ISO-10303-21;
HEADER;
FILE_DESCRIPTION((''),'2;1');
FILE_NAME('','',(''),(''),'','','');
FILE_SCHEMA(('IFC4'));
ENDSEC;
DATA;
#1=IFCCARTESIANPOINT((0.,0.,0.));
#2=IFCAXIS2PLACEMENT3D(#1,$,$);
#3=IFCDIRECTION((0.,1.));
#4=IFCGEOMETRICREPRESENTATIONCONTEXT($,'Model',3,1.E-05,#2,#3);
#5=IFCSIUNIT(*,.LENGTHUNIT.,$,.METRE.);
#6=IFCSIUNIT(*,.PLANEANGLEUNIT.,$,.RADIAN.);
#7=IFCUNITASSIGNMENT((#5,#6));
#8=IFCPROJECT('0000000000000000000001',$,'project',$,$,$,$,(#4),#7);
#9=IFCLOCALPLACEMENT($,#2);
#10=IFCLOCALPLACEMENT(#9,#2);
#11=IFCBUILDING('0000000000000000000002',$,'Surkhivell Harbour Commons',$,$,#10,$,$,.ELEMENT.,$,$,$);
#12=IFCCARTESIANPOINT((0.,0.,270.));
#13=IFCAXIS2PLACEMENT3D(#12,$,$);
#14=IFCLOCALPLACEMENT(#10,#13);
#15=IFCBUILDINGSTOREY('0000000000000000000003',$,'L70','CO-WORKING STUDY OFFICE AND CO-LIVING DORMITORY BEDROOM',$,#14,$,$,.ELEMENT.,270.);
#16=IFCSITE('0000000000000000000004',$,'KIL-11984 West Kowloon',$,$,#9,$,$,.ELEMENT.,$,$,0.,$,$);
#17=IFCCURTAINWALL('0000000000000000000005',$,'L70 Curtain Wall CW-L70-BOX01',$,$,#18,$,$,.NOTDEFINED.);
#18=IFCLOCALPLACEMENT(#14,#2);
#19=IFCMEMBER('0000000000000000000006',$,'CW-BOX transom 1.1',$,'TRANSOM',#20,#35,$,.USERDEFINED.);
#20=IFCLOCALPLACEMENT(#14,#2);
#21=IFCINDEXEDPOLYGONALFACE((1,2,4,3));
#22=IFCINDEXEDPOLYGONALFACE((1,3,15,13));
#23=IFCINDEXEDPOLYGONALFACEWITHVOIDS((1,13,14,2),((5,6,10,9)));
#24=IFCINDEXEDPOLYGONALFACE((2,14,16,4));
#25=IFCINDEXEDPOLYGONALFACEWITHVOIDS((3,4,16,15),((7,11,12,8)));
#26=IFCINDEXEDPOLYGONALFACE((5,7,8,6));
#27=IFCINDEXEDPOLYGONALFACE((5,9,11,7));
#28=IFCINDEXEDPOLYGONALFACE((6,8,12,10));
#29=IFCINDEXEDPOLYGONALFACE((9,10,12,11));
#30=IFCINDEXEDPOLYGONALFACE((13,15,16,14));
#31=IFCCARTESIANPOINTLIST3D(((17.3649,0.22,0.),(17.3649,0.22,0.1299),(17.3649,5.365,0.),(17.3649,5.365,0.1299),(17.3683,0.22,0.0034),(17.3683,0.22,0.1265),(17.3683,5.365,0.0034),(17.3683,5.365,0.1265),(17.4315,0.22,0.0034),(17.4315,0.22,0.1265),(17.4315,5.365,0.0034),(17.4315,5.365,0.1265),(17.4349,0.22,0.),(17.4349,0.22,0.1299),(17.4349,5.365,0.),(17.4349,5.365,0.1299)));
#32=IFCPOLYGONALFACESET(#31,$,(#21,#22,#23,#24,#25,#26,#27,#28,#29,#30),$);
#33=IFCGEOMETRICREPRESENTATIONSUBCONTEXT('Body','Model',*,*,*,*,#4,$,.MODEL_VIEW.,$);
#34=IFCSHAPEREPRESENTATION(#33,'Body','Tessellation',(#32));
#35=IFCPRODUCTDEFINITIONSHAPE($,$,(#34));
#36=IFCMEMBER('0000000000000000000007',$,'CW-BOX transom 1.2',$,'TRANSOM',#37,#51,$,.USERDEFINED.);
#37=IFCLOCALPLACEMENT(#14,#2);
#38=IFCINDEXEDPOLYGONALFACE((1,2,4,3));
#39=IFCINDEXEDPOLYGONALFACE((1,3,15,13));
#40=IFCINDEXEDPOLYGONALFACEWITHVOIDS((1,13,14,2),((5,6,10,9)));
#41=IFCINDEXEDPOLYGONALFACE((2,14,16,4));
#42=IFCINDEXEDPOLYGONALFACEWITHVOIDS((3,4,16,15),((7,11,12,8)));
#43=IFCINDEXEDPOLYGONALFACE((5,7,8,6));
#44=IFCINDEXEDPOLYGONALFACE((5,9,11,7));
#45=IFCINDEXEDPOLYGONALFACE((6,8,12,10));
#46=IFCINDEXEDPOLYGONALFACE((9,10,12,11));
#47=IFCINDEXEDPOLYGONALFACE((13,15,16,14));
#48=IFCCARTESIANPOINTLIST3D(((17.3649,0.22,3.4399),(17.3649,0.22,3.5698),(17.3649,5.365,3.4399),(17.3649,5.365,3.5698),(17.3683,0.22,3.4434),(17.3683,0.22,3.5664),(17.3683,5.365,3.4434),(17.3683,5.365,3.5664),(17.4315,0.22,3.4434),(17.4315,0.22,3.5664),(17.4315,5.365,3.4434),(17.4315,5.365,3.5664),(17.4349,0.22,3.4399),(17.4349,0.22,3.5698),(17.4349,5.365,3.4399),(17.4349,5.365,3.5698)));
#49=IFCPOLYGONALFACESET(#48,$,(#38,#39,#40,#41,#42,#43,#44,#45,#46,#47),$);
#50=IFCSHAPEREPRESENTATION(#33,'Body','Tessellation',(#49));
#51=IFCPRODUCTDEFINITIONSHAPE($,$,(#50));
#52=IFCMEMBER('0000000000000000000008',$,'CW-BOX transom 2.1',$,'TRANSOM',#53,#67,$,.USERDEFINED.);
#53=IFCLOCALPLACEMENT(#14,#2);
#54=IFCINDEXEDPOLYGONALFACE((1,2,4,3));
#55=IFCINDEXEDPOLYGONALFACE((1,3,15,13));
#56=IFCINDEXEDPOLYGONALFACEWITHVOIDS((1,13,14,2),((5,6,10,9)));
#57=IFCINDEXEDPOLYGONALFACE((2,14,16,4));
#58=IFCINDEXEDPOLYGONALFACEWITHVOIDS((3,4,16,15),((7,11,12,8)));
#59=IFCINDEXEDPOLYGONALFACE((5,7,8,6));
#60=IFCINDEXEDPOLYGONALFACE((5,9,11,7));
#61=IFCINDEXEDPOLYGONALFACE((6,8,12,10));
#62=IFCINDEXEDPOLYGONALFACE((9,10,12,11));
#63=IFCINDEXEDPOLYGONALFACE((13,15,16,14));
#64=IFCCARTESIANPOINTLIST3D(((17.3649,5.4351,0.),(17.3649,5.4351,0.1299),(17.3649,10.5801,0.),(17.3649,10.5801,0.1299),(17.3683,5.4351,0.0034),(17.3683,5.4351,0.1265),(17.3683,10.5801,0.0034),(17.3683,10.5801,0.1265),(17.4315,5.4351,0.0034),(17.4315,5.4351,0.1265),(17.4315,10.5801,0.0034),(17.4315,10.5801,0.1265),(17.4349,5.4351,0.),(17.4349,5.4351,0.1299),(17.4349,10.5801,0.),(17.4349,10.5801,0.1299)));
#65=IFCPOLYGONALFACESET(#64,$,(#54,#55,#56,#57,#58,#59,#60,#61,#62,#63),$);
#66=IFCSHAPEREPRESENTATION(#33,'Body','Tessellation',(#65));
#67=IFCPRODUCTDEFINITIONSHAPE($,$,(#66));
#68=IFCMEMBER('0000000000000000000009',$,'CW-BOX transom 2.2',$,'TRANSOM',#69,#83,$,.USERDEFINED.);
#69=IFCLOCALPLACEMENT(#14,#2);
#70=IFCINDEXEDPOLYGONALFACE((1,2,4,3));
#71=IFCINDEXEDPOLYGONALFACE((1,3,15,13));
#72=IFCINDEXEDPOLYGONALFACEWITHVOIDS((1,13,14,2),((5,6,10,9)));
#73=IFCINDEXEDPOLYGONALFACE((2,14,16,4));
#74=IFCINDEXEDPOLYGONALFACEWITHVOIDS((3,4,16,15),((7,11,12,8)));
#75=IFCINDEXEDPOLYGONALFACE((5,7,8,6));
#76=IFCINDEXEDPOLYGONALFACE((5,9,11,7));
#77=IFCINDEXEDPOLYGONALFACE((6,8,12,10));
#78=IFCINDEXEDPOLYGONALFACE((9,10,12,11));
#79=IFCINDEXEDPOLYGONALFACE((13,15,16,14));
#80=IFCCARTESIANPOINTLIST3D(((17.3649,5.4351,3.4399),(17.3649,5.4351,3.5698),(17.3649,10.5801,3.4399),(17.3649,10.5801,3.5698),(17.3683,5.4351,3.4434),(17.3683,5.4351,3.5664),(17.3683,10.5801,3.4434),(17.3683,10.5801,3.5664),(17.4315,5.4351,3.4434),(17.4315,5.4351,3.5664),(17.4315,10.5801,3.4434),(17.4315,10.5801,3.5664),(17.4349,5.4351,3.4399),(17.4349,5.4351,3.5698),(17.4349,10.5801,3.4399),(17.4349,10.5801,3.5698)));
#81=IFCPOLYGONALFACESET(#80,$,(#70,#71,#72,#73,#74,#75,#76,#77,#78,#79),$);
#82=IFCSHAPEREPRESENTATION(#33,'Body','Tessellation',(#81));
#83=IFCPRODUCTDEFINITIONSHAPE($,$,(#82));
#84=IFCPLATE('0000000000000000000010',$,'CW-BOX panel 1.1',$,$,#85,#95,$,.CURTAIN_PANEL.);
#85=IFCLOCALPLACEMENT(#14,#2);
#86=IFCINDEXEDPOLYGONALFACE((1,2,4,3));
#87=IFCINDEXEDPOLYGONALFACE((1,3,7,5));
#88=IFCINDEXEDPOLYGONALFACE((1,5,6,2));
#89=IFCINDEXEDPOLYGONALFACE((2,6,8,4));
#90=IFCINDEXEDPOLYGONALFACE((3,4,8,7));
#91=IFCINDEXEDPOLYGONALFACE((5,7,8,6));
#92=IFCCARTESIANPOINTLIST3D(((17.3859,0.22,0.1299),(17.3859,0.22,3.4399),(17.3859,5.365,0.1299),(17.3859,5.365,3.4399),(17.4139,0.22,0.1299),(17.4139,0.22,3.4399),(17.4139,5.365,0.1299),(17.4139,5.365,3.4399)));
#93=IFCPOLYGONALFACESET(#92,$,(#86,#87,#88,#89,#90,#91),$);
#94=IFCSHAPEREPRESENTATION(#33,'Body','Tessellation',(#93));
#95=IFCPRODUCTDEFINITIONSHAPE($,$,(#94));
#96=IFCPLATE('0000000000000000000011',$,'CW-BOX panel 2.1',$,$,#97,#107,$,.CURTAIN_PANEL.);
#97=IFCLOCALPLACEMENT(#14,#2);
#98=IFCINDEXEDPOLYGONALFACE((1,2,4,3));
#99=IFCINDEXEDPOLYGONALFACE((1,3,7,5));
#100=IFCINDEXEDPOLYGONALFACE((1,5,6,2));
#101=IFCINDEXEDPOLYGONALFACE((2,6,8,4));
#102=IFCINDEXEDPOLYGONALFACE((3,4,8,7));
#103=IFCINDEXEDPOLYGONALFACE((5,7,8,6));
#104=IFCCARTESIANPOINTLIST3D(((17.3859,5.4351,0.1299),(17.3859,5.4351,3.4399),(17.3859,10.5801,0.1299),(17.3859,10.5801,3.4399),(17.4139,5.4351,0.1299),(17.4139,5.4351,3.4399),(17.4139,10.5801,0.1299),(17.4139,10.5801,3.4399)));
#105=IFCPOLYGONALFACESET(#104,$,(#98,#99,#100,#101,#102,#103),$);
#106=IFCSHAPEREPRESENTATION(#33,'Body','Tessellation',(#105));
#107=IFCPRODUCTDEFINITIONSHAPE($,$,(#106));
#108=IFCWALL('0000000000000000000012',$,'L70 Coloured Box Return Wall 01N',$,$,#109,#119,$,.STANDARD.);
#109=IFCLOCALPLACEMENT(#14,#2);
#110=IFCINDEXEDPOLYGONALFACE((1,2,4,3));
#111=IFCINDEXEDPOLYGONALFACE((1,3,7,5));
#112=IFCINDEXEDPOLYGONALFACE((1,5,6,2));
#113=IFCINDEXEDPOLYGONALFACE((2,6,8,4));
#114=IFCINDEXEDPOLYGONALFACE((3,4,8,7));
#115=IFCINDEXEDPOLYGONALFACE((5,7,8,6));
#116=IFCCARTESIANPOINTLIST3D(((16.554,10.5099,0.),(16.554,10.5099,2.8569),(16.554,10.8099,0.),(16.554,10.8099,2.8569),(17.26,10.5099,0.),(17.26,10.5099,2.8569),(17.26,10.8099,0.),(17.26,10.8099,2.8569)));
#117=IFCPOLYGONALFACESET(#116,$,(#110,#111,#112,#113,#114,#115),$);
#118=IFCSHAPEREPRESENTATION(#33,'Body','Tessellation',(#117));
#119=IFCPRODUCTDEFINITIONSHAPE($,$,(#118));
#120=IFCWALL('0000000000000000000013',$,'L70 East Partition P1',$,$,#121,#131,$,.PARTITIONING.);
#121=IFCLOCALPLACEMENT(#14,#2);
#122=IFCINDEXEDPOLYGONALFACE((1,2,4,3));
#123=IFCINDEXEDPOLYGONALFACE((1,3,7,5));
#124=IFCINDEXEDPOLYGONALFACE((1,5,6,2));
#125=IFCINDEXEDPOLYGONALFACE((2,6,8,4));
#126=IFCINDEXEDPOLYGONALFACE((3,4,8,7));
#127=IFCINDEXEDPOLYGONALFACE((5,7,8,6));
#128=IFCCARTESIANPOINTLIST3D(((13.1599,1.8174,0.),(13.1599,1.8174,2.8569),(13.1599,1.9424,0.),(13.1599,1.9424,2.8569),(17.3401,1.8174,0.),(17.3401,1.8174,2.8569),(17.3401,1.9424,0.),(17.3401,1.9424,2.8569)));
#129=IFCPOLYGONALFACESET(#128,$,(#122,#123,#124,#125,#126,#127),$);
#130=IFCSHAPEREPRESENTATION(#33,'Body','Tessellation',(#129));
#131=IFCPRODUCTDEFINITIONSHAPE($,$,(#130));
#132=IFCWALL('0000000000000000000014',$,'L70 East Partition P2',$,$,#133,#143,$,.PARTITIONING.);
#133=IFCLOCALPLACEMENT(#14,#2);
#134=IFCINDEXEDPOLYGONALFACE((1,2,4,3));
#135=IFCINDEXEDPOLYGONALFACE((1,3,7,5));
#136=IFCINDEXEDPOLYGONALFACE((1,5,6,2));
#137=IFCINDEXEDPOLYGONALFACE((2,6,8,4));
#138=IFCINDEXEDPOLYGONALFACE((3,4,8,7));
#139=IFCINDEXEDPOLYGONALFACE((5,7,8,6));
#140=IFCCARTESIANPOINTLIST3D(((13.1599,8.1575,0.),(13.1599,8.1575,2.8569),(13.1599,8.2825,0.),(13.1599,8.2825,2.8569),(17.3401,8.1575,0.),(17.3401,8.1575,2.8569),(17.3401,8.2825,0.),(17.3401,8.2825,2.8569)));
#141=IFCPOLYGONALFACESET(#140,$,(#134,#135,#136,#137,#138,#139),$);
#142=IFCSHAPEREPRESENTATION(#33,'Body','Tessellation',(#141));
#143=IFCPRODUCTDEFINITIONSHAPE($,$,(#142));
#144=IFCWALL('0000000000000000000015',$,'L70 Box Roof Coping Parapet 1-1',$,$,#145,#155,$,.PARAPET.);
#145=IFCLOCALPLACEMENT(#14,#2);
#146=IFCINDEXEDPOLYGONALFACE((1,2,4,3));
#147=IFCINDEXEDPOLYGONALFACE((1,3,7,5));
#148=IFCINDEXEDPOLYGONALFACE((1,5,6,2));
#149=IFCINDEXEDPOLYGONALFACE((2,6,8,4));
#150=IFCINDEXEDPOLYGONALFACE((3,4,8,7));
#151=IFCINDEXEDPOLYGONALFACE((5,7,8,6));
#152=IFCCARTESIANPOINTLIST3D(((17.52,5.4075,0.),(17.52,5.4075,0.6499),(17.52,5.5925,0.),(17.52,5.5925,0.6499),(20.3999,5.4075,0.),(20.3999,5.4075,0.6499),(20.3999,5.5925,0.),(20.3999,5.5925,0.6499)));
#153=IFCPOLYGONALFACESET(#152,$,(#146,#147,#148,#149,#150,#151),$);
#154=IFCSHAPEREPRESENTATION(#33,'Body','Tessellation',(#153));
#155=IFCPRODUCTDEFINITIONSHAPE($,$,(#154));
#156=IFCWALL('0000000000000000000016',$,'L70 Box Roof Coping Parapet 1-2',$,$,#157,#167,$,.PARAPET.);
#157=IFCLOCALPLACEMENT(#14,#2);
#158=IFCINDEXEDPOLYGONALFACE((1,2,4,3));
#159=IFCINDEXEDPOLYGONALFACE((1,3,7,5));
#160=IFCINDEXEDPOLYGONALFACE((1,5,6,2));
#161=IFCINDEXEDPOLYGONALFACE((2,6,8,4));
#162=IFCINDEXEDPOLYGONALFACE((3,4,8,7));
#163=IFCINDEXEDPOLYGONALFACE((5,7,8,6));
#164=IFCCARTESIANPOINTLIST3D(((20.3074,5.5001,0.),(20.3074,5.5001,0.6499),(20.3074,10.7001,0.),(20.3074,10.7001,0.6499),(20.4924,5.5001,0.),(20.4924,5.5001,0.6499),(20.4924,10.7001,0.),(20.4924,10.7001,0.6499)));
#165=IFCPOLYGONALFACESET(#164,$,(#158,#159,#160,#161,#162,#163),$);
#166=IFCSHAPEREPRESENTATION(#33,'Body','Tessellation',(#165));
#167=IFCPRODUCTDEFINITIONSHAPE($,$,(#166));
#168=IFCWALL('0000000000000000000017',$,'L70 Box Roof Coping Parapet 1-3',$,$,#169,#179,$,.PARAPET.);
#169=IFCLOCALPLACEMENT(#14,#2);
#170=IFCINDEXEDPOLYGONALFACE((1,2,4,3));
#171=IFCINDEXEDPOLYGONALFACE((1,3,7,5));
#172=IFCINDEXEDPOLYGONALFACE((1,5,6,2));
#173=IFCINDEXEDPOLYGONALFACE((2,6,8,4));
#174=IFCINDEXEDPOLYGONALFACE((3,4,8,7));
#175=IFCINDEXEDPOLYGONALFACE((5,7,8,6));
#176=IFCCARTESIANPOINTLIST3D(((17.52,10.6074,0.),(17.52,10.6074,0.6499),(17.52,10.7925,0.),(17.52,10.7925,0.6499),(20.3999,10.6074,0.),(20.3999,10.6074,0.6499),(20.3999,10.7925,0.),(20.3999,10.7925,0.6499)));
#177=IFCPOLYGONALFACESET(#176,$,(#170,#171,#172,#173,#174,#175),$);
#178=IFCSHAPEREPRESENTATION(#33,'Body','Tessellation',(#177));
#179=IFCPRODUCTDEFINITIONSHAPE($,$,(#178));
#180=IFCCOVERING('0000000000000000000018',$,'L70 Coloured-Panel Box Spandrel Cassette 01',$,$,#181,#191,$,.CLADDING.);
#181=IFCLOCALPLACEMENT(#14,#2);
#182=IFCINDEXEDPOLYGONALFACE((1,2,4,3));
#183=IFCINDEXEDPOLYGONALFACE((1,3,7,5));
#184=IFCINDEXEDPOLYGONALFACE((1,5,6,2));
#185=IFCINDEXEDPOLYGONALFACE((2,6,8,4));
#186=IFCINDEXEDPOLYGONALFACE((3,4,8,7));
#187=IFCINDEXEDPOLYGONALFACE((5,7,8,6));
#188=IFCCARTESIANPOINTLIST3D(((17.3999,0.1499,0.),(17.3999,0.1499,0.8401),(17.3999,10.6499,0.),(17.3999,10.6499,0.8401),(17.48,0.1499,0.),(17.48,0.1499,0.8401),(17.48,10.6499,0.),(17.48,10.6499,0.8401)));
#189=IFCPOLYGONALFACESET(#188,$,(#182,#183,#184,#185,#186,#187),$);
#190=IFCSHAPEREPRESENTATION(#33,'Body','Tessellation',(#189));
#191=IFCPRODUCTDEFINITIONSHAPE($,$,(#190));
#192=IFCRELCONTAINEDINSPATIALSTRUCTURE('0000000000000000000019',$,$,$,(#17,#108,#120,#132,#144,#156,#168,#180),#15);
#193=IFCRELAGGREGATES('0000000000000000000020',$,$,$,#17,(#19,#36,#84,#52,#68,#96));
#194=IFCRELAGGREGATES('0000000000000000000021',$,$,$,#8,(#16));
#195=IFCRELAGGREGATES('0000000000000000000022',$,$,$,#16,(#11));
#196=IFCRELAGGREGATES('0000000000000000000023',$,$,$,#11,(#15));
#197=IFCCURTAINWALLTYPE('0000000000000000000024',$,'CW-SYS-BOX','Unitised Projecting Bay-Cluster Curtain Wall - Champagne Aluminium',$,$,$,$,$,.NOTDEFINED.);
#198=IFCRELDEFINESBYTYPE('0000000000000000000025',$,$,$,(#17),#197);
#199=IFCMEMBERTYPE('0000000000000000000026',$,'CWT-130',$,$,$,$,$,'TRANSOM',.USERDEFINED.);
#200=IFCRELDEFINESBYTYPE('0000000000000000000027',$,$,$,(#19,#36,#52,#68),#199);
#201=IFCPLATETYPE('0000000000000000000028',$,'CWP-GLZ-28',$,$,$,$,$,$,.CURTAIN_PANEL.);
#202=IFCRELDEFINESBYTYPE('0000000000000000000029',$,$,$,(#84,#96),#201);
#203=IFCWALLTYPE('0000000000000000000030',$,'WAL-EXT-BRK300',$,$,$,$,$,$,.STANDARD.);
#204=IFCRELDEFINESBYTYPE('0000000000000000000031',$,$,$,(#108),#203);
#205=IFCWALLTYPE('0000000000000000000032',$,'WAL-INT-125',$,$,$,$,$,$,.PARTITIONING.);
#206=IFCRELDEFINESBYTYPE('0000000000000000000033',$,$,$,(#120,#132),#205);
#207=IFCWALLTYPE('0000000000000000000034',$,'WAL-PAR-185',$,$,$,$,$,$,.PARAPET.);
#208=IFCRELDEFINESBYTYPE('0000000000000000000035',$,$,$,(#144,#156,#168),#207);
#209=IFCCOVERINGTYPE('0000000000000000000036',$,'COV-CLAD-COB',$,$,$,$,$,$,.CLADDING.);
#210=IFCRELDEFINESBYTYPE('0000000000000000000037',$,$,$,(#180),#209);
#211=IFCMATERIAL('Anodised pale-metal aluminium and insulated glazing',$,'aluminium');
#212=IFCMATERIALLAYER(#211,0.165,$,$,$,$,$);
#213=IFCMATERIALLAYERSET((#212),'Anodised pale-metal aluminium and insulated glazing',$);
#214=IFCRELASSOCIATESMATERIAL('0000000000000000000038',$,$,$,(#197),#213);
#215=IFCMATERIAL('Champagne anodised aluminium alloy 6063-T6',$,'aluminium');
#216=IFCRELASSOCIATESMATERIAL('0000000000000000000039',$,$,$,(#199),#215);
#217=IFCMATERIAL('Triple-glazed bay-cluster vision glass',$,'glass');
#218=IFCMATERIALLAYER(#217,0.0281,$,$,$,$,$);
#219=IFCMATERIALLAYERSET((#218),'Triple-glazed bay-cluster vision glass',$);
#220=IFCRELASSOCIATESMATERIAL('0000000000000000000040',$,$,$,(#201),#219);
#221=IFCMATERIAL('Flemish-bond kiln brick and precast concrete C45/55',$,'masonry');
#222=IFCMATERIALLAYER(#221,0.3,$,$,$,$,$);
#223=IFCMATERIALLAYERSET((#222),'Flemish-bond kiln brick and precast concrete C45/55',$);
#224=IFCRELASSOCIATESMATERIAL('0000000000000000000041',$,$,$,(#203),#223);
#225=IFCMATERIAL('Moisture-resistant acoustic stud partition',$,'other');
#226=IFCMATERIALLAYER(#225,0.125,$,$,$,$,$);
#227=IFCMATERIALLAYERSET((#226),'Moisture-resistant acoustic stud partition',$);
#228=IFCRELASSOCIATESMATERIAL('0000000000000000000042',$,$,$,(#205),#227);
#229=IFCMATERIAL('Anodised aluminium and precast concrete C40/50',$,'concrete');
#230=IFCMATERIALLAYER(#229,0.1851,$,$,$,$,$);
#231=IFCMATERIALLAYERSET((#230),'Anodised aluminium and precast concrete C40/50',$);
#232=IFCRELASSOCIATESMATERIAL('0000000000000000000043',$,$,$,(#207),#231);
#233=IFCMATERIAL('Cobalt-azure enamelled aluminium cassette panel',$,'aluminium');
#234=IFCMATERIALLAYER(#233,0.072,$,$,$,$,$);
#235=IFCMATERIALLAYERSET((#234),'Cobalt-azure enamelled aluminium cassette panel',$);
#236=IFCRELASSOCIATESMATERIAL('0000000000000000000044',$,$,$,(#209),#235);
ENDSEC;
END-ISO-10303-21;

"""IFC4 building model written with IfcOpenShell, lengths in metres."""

from ifc_helpers import new_model, si_unit, direction, frame, frame_2d, origin, origin_2d, place, context, subcontext, project, spatial, rectangle, hollow_rectangle, extrude, material, layer, layer_set, material_profile, profile_set, type_object, element, aggregate, save


model = new_model("IFC4")

# Units and contexts
model_context = context("Model", 3, precision=1e-05, world=origin(), true_north=direction((0.0, 1.0)))
body_context = subcontext(model_context, "Body", "Model", "MODEL_VIEW")
ifc_project = project(units=[si_unit("LENGTHUNIT", "METRE"), si_unit("PLANEANGLEUNIT", "RADIAN")], contexts=[model_context])

# Site, building, storey
site_placement = place(None, origin())
site = spatial("IfcSite", under=ifc_project, at=site_placement, Name="KIL-11984 West Kowloon", CompositionType="ELEMENT", RefElevation=0.0)
building_placement = place(site_placement, origin())
building = spatial("IfcBuilding", under=site, at=building_placement, Name="Surkhivell Harbour Commons", CompositionType="ELEMENT")
storey_placement = place(building_placement, frame((0.0, 0.0, 270.0)))
storey = spatial("IfcBuildingStorey", under=building, at=storey_placement, Name="L70", Description="CO-WORKING STUDY OFFICE AND CO-LIVING DORMITORY BEDROOM", CompositionType="ELEMENT", Elevation=270.0)

# Curtain wall, members, plates
ifc_material_1 = material(Name="Anodised pale-metal aluminium and insulated glazing", Category="aluminium")
ifc_layer_1 = layer(ifc_material_1, 0.165)
ifc_layer_set_1 = layer_set([ifc_layer_1], Name="Anodised pale-metal aluminium and insulated glazing")
curtain_wall_type = type_object("IfcCurtainWallType", Name="CW-SYS-BOX", Description="Unitised Projecting Bay-Cluster Curtain Wall - Champagne Aluminium", PredefinedType="NOTDEFINED", material=ifc_layer_set_1)
curtain_wall_placement = place(storey_placement, origin())
curtain_wall = element("IfcCurtainWall", 1, at=curtain_wall_placement, inside=storey, type_object=curtain_wall_type, Name="L70 Curtain Wall CW-L70-BOX01", PredefinedType="NOTDEFINED")
ifc_material_2 = material(Name="Champagne anodised aluminium alloy 6063-T6", Category="aluminium")
ifc_material_profile_1 = material_profile(ifc_material_2, hollow_rectangle(XDim=0.0701, YDim=0.1299, WallThickness=0.0034, at=origin_2d()), Name="ALU-TRAN-70x130")
ifc_profile_set_1 = profile_set([ifc_material_profile_1], Name="Champagne anodised aluminium alloy 6063-T6")
member_type_1 = type_object("IfcMemberType", Name="CWT-130", ElementType="TRANSOM", PredefinedType="USERDEFINED", material=ifc_profile_set_1)
member_1_placement = place(storey_placement, frame((17.3999, 0.22, 0.0649), z_axis=(0.0, 1.0, 0.0), x_axis=(-1.0, 0.0, 0.0)))
member_1 = element("IfcMember", 2, at=member_1_placement, type_object=member_type_1, Name="CW-BOX transom 1.1", ObjectType="TRANSOM", PredefinedType="USERDEFINED", context=body_context, shape_type="SweptSolid", body=[
    extrude(hollow_rectangle(XDim=0.0701, YDim=0.1299, WallThickness=0.0034, at=origin_2d()), origin(), (0.0, 0.0, 1.0), 5.145),
])
member_2_placement = place(storey_placement, frame((17.3999, 0.22, 3.5049), z_axis=(0.0, 1.0, 0.0), x_axis=(-1.0, 0.0, 0.0)))
member_2 = element("IfcMember", 3, at=member_2_placement, type_object=member_type_1, Name="CW-BOX transom 1.2", ObjectType="TRANSOM", PredefinedType="USERDEFINED", context=body_context, shape_type="SweptSolid", body=[
    extrude(hollow_rectangle(XDim=0.0701, YDim=0.1299, WallThickness=0.0034, at=origin_2d()), origin(), (0.0, 0.0, 1.0), 5.145),
])
member_3_placement = place(storey_placement, frame((17.3999, 5.4351, 0.0649), z_axis=(0.0, 1.0, 0.0), x_axis=(-1.0, 0.0, 0.0)))
member_3 = element("IfcMember", 4, at=member_3_placement, type_object=member_type_1, Name="CW-BOX transom 2.1", ObjectType="TRANSOM", PredefinedType="USERDEFINED", context=body_context, shape_type="SweptSolid", body=[
    extrude(hollow_rectangle(XDim=0.0701, YDim=0.1299, WallThickness=0.0034, at=origin_2d()), origin(), (0.0, 0.0, 1.0), 5.145),
])
member_4_placement = place(storey_placement, frame((17.3999, 5.4351, 3.5049), z_axis=(0.0, 1.0, 0.0), x_axis=(-1.0, 0.0, 0.0)))
member_4 = element("IfcMember", 5, at=member_4_placement, type_object=member_type_1, Name="CW-BOX transom 2.2", ObjectType="TRANSOM", PredefinedType="USERDEFINED", context=body_context, shape_type="SweptSolid", body=[
    extrude(hollow_rectangle(XDim=0.0701, YDim=0.1299, WallThickness=0.0034, at=origin_2d()), origin(), (0.0, 0.0, 1.0), 5.145),
])
ifc_material_3 = material(Name="Triple-glazed bay-cluster vision glass", Category="glass")
ifc_layer_2 = layer(ifc_material_3, 0.0281)
ifc_layer_set_2 = layer_set([ifc_layer_2], Name="Triple-glazed bay-cluster vision glass")
plate_type = type_object("IfcPlateType", Name="CWP-GLZ-28", PredefinedType="CURTAIN_PANEL", material=ifc_layer_set_2)
plate_1_placement = place(storey_placement, frame((17.3999, 0.22, 0.1299), z_axis=(0.0, 0.0, 1.0), x_axis=(0.0, 1.0, 0.0)))
plate_1 = element("IfcPlate", 6, at=plate_1_placement, type_object=plate_type, Name="CW-BOX panel 1.1", PredefinedType="CURTAIN_PANEL", context=body_context, shape_type="SweptSolid", body=[
    extrude(rectangle(XDim=5.145, YDim=0.0281, at=frame_2d((2.5725, 0.0))), origin(), (0.0, 0.0, 1.0), 3.3101),
])
plate_2_placement = place(storey_placement, frame((17.3999, 5.4351, 0.1299), z_axis=(0.0, 0.0, 1.0), x_axis=(0.0, 1.0, 0.0)))
plate_2 = element("IfcPlate", 7, at=plate_2_placement, type_object=plate_type, Name="CW-BOX panel 2.1", PredefinedType="CURTAIN_PANEL", context=body_context, shape_type="SweptSolid", body=[
    extrude(rectangle(XDim=5.145, YDim=0.0281, at=frame_2d((2.5725, 0.0))), origin(), (0.0, 0.0, 1.0), 3.3101),
])
aggregate(curtain_wall, [member_1, member_2, plate_1, member_3, member_4, plate_2])

# Walls
ifc_material_4 = material(Name="Flemish-bond kiln brick and precast concrete C45/55", Category="masonry")
ifc_layer_3 = layer(ifc_material_4, 0.3)
ifc_layer_set_3 = layer_set([ifc_layer_3], Name="Flemish-bond kiln brick and precast concrete C45/55")
wall_type_1 = type_object("IfcWallType", Name="WAL-EXT-BRK300", PredefinedType="STANDARD", material=ifc_layer_set_3)
wall_1_placement = place(storey_placement, frame((16.554, 10.6599, 0.0), z_axis=(0.0, 0.0, 1.0), x_axis=(1.0, 0.0, 0.0)))
element("IfcWall", 8, at=wall_1_placement, inside=storey, type_object=wall_type_1, Name="L70 Coloured Box Return Wall 01N", PredefinedType="STANDARD", context=body_context, shape_type="SweptSolid", body=[
    extrude(rectangle(XDim=0.7061, YDim=0.3, at=frame_2d((0.353, 0.0))), origin(), (0.0, 0.0, 1.0), 2.8569),
])
ifc_material_5 = material(Name="Moisture-resistant acoustic stud partition", Category="other")
ifc_layer_4 = layer(ifc_material_5, 0.125)
ifc_layer_set_4 = layer_set([ifc_layer_4], Name="Moisture-resistant acoustic stud partition")
wall_type_2 = type_object("IfcWallType", Name="WAL-INT-125", PredefinedType="PARTITIONING", material=ifc_layer_set_4)
for number, where, z_axis, x_axis, name in (
    (9, (13.1599, 1.8799, 0.0), (0.0, 0.0, 1.0), (1.0, 0.0, 0.0), "L70 East Partition P1"),
    (10, (13.1599, 8.22, 0.0), (0.0, 0.0, 1.0), (1.0, 0.0, 0.0), "L70 East Partition P2"),
):
    element("IfcWall", number, at=place(storey_placement, frame(where, z_axis=z_axis, x_axis=x_axis)), inside=storey, type_object=wall_type_2, Name=name, PredefinedType="PARTITIONING", context=body_context, shape_type="SweptSolid", body=[
        extrude(rectangle(XDim=4.1802, YDim=0.125, at=frame_2d((2.0901, 0.0))), origin(), (0.0, 0.0, 1.0), 2.8569),
    ])
ifc_material_6 = material(Name="Anodised aluminium and precast concrete C40/50", Category="concrete")
ifc_layer_5 = layer(ifc_material_6, 0.1851)
ifc_layer_set_5 = layer_set([ifc_layer_5], Name="Anodised aluminium and precast concrete C40/50")
wall_type_3 = type_object("IfcWallType", Name="WAL-PAR-185", PredefinedType="PARAPET", material=ifc_layer_set_5)
wall_2_placement = place(storey_placement, frame((17.52, 5.5, 0.0), z_axis=(0.0, 0.0, 1.0), x_axis=(1.0, 0.0, 0.0)))
element("IfcWall", 11, at=wall_2_placement, inside=storey, type_object=wall_type_3, Name="L70 Box Roof Coping Parapet 1-1", PredefinedType="PARAPET", context=body_context, shape_type="SweptSolid", body=[
    extrude(rectangle(XDim=2.8799, YDim=0.1851, at=frame_2d((1.4399, 0.0))), origin(), (0.0, 0.0, 1.0), 0.6499),
])
wall_3_placement = place(storey_placement, frame((20.3999, 5.5, 0.0), z_axis=(0.0, 0.0, 1.0), x_axis=(0.0, 1.0, 0.0)))
element("IfcWall", 12, at=wall_3_placement, inside=storey, type_object=wall_type_3, Name="L70 Box Roof Coping Parapet 1-2", PredefinedType="PARAPET", context=body_context, shape_type="SweptSolid", body=[
    extrude(rectangle(XDim=5.2, YDim=0.1851, at=frame_2d((2.6001, 0.0))), origin(), (0.0, 0.0, 1.0), 0.6499),
])
wall_4_placement = place(storey_placement, frame((20.3999, 10.7, 0.0), z_axis=(0.0, 0.0, 1.0), x_axis=(-1.0, 0.0, 0.0)))
element("IfcWall", 13, at=wall_4_placement, inside=storey, type_object=wall_type_3, Name="L70 Box Roof Coping Parapet 1-3", PredefinedType="PARAPET", context=body_context, shape_type="SweptSolid", body=[
    extrude(rectangle(XDim=2.8799, YDim=0.1851, at=frame_2d((1.4399, 0.0))), origin(), (0.0, 0.0, 1.0), 0.6499),
])

# Covering
ifc_material_7 = material(Name="Cobalt-azure enamelled aluminium cassette panel", Category="aluminium")
ifc_layer_6 = layer(ifc_material_7, 0.072)
ifc_layer_set_6 = layer_set([ifc_layer_6], Name="Cobalt-azure enamelled aluminium cassette panel")
covering_type = type_object("IfcCoveringType", Name="COV-CLAD-COB", PredefinedType="CLADDING", material=ifc_layer_set_6)
covering_placement = place(storey_placement, frame((17.4399, 5.3999, 0.0), z_axis=(0.0, 0.0, 1.0), x_axis=(1.0, 0.0, 0.0)))
element("IfcCovering", 14, at=covering_placement, inside=storey, type_object=covering_type, Name="L70 Coloured-Panel Box Spandrel Cassette 01", PredefinedType="CLADDING", context=body_context, shape_type="SweptSolid", body=[
    extrude(rectangle(XDim=0.0801, YDim=10.5, at=origin_2d()), origin(), (0.0, 0.0, 1.0), 0.8401),
])

save(model, "model.ifc")
